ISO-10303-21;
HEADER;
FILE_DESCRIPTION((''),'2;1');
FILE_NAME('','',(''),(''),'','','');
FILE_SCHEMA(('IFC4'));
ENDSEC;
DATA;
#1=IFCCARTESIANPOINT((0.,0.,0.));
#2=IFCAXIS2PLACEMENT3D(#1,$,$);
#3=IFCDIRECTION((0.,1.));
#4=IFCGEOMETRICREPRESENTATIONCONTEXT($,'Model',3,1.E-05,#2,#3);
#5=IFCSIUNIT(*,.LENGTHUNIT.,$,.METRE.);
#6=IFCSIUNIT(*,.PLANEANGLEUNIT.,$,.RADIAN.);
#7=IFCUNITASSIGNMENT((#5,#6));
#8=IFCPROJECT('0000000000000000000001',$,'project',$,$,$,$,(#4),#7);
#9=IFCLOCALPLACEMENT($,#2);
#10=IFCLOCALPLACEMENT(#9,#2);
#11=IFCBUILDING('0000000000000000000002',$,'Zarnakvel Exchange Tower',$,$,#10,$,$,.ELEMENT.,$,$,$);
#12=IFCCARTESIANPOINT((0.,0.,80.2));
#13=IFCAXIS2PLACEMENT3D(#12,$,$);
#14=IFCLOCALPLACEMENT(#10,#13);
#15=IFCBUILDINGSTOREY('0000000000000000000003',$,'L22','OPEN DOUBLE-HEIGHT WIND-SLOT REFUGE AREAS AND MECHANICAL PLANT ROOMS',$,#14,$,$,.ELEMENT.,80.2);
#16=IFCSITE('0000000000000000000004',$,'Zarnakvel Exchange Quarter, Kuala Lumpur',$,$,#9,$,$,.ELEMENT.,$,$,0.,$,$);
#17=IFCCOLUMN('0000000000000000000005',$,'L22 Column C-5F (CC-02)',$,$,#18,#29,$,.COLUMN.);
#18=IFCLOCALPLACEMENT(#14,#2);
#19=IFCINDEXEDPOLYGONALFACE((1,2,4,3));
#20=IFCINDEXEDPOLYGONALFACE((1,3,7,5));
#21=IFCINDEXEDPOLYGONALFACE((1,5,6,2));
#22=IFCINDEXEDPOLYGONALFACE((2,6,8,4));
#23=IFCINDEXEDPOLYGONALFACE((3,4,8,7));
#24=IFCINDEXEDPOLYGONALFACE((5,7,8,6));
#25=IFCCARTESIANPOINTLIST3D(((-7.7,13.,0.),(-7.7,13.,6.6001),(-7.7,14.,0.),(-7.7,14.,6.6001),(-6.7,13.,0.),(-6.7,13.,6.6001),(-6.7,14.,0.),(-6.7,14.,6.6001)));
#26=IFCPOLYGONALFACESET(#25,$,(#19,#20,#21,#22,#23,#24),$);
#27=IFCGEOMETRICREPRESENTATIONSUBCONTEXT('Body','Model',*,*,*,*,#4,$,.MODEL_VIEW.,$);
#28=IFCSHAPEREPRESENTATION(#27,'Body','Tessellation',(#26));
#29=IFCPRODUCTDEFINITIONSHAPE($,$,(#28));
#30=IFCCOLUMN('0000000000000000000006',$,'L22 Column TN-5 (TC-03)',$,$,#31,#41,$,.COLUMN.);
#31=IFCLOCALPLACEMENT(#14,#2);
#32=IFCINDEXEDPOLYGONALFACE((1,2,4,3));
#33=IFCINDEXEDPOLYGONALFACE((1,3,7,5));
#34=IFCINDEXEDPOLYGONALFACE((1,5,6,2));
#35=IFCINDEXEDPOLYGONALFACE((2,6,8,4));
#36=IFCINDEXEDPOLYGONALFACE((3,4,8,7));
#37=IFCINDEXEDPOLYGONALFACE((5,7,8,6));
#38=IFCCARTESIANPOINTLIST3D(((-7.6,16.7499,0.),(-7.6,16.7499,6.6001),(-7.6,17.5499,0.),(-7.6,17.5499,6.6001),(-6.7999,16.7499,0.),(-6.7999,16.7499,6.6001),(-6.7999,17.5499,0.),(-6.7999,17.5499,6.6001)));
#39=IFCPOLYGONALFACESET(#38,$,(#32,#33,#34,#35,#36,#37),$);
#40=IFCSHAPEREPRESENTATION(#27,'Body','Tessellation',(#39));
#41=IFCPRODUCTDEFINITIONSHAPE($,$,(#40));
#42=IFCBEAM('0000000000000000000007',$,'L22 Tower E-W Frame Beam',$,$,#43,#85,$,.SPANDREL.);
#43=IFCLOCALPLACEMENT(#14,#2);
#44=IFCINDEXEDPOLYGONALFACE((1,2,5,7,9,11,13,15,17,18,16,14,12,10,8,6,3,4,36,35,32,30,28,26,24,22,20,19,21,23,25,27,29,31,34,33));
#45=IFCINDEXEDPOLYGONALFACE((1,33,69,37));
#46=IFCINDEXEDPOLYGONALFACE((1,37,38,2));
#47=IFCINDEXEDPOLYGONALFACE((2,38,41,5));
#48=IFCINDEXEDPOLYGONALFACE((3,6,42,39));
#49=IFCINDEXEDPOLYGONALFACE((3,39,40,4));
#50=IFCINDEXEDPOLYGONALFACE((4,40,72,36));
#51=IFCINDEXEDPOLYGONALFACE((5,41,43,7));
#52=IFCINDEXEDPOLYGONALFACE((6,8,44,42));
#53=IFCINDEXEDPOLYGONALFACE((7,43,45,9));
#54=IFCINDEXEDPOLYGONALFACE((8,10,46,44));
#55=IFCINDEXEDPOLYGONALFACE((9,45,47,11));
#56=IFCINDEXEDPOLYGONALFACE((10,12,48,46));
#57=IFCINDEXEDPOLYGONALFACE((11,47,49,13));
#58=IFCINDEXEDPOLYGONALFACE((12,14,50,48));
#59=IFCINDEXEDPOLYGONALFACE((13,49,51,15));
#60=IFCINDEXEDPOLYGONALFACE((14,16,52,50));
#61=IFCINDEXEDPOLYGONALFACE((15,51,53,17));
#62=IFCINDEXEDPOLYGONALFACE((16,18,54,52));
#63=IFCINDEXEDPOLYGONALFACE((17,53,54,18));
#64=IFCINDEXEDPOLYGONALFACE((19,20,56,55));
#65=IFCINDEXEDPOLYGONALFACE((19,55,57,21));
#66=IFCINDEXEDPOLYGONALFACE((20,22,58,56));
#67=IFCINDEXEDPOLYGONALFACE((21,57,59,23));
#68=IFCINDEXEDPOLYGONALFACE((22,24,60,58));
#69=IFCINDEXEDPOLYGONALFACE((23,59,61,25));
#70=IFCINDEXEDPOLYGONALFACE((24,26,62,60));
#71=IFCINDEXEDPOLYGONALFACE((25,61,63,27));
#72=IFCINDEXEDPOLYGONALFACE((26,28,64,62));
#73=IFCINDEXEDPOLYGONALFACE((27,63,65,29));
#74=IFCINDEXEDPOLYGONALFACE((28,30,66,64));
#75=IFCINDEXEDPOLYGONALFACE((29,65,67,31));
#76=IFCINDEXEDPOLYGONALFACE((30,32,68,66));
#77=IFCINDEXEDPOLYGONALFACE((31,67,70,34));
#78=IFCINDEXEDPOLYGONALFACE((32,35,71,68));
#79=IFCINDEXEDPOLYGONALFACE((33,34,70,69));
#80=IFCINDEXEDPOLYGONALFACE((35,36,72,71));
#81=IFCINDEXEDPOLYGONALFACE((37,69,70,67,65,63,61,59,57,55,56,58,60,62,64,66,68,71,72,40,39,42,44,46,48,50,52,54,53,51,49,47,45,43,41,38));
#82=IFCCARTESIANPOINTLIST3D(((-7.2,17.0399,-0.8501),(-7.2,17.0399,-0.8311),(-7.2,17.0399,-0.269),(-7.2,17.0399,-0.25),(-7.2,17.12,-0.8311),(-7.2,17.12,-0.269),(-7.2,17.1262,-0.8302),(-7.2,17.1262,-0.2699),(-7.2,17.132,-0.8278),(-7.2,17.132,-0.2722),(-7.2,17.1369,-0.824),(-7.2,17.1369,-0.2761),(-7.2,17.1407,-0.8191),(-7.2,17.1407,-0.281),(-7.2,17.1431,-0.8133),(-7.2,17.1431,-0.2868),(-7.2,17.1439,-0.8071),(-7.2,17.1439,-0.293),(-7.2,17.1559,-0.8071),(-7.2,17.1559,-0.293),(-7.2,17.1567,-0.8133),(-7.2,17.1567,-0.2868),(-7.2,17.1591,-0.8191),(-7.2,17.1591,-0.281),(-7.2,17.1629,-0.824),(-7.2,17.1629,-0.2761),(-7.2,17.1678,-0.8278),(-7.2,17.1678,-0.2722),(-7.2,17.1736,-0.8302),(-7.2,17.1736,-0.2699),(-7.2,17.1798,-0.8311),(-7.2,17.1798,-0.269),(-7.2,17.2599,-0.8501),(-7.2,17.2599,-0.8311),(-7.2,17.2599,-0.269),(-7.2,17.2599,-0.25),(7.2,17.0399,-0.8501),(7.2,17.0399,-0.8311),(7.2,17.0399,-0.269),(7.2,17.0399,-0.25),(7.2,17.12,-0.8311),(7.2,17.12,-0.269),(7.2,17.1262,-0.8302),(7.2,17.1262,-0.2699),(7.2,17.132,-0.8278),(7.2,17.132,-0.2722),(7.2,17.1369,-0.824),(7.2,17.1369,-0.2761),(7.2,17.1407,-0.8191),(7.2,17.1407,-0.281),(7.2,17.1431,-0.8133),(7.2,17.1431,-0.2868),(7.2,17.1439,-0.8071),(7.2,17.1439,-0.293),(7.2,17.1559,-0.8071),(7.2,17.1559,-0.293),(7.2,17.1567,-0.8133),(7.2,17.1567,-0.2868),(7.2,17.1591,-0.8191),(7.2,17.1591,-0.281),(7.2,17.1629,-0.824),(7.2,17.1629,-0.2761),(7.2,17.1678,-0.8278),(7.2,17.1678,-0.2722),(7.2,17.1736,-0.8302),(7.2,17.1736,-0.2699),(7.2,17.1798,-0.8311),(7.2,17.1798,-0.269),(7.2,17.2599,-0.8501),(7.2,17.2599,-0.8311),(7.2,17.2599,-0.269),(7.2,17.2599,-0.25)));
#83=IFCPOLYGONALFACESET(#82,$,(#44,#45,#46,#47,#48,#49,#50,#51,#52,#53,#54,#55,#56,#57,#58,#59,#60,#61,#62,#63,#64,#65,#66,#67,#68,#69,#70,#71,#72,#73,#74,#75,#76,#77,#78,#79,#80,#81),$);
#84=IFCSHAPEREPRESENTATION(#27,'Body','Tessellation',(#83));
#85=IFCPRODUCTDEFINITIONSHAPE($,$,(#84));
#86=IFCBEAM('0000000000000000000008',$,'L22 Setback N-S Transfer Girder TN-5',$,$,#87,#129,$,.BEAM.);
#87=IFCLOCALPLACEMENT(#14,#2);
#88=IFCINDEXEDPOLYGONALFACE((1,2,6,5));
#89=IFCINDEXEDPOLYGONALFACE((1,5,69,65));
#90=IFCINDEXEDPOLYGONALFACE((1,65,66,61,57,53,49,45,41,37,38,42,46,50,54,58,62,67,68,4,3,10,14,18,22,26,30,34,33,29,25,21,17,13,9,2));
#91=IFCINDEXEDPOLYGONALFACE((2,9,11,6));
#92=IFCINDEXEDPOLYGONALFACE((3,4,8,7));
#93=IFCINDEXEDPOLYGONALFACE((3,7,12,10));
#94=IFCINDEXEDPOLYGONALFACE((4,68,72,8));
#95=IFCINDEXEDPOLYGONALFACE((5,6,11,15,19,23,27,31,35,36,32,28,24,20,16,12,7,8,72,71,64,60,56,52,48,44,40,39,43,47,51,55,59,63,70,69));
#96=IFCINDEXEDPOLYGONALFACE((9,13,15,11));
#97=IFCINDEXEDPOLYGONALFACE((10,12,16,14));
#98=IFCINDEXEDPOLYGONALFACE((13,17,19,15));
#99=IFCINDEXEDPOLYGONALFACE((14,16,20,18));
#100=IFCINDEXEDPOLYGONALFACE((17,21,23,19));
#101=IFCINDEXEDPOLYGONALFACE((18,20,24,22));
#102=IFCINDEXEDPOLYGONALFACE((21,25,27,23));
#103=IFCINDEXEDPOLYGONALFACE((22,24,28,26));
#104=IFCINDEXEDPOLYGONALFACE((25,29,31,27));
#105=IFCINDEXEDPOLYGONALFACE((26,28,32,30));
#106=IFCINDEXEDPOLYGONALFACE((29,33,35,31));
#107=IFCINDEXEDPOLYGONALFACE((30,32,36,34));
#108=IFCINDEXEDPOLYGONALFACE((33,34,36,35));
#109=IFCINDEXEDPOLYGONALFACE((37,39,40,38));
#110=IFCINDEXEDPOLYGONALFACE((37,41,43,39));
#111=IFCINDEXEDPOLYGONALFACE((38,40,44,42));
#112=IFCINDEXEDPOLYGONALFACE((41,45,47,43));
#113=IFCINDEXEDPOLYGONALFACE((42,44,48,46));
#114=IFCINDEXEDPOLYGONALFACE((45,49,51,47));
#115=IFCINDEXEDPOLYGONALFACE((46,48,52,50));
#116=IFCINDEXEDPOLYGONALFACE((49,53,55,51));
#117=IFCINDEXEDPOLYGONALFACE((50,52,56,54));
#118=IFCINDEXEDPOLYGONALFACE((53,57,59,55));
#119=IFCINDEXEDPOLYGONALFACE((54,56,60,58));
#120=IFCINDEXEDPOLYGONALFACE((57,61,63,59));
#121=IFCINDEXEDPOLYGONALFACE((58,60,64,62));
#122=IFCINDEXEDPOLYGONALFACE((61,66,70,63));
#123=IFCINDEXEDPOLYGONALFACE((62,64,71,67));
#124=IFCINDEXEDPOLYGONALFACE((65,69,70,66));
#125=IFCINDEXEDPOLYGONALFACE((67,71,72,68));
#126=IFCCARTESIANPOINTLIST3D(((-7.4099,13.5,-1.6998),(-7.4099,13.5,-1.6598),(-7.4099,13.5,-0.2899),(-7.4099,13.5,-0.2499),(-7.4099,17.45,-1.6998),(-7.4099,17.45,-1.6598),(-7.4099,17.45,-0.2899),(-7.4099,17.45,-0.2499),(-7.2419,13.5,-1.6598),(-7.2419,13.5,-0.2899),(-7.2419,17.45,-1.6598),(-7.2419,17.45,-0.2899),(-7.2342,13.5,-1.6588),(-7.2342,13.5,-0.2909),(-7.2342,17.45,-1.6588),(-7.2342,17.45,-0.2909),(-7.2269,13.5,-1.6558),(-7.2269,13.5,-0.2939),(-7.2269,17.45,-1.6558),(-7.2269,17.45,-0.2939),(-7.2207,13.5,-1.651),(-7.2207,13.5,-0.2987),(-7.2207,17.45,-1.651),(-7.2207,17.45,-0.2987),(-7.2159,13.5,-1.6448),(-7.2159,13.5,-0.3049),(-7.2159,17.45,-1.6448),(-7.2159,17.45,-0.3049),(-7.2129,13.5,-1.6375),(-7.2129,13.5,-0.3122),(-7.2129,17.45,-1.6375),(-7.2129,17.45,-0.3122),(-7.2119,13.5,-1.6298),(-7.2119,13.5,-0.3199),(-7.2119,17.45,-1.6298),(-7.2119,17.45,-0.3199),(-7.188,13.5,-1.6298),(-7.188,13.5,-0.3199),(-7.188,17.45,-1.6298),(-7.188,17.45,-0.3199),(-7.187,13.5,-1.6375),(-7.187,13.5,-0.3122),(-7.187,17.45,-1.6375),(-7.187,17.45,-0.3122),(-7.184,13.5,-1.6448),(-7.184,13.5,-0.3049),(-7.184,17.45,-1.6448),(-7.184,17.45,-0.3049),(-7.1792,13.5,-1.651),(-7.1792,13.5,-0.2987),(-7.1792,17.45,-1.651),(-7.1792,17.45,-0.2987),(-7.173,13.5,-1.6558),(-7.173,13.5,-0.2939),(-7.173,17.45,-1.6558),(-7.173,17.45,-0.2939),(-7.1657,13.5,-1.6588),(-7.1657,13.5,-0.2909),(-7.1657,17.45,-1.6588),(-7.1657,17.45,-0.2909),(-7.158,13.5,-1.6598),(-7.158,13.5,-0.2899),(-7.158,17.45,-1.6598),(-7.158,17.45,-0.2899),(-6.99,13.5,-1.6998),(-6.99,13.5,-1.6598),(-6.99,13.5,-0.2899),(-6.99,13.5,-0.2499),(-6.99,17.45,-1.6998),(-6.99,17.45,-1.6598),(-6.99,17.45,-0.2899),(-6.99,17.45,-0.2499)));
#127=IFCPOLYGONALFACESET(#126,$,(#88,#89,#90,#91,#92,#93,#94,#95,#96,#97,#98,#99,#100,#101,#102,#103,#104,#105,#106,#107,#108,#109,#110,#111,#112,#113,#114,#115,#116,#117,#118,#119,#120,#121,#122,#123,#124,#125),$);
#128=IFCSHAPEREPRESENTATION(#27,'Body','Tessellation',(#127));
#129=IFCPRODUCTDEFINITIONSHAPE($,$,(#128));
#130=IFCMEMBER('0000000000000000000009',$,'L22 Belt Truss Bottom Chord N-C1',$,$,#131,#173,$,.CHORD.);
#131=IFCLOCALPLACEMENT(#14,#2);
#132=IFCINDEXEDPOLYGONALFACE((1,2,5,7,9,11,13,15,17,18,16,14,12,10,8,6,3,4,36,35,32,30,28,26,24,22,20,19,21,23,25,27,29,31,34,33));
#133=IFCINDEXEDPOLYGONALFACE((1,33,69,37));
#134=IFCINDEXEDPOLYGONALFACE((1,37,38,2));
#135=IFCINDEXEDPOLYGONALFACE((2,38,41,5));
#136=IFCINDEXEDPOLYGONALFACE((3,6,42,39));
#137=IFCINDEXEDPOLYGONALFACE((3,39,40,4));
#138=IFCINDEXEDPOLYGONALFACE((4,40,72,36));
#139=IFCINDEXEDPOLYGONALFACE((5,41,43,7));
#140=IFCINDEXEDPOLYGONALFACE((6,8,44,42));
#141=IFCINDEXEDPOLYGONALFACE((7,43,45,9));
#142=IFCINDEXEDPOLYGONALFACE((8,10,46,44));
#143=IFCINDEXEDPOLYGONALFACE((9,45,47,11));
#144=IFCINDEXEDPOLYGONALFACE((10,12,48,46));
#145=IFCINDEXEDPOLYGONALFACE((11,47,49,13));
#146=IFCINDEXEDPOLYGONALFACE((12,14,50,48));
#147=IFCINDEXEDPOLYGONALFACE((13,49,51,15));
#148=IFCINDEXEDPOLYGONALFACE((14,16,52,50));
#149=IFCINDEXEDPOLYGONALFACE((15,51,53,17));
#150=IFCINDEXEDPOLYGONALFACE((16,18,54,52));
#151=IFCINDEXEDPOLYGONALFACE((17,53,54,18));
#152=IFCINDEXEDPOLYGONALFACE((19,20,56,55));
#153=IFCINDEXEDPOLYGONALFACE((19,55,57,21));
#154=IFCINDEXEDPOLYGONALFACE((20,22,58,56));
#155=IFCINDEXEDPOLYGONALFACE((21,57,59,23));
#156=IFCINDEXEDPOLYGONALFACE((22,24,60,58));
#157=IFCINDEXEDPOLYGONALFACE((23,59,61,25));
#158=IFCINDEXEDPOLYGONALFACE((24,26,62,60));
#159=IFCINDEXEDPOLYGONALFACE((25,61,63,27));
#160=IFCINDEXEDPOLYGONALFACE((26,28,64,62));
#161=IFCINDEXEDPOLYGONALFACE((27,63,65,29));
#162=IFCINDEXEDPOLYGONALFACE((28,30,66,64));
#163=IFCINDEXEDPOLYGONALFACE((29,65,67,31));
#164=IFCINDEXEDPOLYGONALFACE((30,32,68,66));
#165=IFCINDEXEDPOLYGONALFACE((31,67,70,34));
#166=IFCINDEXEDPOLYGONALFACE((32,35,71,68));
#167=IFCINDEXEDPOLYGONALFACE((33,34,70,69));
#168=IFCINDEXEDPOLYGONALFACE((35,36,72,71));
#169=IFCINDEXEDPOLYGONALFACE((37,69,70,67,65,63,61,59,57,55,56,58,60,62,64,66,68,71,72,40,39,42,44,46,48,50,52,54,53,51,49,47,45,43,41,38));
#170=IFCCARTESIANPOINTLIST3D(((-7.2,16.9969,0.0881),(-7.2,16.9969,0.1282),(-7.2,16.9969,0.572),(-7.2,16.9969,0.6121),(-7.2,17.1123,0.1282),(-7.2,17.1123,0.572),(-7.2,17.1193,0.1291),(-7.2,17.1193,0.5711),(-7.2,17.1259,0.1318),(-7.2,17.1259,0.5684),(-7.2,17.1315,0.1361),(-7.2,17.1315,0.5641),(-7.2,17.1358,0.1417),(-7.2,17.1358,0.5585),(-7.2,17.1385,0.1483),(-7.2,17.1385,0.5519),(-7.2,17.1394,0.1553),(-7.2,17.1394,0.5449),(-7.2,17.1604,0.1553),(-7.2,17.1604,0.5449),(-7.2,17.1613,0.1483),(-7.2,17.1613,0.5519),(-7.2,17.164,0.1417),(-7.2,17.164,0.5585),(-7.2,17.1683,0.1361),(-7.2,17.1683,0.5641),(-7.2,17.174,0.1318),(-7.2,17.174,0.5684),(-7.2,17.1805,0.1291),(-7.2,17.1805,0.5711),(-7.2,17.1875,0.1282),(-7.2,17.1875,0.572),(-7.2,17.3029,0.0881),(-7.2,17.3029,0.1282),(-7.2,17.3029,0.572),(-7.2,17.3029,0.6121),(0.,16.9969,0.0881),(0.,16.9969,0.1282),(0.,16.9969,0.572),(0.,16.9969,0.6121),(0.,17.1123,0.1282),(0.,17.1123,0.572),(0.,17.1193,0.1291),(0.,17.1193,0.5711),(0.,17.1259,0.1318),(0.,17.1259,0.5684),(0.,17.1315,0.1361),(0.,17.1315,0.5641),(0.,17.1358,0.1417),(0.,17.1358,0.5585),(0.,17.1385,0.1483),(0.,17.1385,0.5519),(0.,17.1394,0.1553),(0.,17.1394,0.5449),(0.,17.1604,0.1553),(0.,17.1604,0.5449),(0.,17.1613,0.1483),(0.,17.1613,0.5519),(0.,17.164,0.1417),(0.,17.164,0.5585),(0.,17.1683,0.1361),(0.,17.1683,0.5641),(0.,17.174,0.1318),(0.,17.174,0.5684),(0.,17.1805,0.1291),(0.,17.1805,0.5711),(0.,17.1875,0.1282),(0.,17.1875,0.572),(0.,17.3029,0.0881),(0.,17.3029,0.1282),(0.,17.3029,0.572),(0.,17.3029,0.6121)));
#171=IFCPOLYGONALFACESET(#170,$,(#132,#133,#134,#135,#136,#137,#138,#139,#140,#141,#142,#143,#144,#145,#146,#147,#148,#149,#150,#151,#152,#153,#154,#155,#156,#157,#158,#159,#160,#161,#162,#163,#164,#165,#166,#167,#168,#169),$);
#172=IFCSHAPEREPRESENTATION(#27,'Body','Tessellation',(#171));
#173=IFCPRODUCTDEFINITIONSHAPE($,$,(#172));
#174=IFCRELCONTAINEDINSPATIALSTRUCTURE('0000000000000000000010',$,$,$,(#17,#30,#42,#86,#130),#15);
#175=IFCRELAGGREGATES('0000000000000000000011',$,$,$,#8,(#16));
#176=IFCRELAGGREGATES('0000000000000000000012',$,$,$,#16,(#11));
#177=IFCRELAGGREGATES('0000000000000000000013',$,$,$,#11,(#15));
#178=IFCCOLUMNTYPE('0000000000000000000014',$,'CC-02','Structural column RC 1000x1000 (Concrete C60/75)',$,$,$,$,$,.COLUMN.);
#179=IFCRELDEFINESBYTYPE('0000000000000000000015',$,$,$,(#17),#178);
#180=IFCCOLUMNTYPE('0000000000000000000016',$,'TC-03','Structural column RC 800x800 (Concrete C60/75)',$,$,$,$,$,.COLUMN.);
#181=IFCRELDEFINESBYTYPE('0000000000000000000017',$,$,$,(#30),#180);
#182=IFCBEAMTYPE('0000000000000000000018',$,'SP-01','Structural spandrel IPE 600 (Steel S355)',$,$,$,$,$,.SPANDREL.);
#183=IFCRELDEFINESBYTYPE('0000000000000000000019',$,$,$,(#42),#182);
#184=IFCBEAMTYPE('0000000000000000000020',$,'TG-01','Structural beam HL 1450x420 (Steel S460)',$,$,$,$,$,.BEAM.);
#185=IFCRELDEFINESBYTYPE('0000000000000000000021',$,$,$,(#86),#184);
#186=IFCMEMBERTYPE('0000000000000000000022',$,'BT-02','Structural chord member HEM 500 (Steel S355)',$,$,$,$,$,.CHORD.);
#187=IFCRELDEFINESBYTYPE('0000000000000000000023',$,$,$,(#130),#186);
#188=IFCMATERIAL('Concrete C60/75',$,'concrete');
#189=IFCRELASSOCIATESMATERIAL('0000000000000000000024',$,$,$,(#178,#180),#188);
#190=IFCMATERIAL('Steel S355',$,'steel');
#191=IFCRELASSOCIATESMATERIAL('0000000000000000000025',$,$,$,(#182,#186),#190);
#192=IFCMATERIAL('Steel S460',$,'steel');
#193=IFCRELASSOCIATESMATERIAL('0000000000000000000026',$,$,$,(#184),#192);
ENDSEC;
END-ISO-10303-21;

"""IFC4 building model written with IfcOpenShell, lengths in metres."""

from ifc_helpers import new_model, si_unit, direction, frame, origin, origin_2d, place, context, subcontext, project, spatial, rectangle, i_section, extrude, source, transform, mapped, material, material_profile, profile_set, type_object, element, save


model = new_model("IFC4")

# Units and contexts
model_context = context("Model", 3, precision=1e-05, world=origin(), true_north=direction((0.0, 1.0)))
body_context = subcontext(model_context, "Body", "Model", "MODEL_VIEW")
ifc_project = project(units=[si_unit("LENGTHUNIT", "METRE"), si_unit("PLANEANGLEUNIT", "RADIAN")], contexts=[model_context])

# Site, building, storey
site_placement = place(None, origin())
site = spatial("IfcSite", under=ifc_project, at=site_placement, Name="Zarnakvel Exchange Quarter, Kuala Lumpur", CompositionType="ELEMENT", RefElevation=0.0)
building_placement = place(site_placement, origin())
building = spatial("IfcBuilding", under=site, at=building_placement, Name="Zarnakvel Exchange Tower", CompositionType="ELEMENT")
storey_placement = place(building_placement, frame((0.0, 0.0, 80.2)))
storey = spatial("IfcBuildingStorey", under=building, at=storey_placement, Name="L22", Description="OPEN DOUBLE-HEIGHT WIND-SLOT REFUGE AREAS AND MECHANICAL PLANT ROOMS", CompositionType="ELEMENT", Elevation=80.2)

# Columns
ifc_material_1 = material(Name="Concrete C60/75", Category="concrete")
ifc_material_profile_1 = material_profile(ifc_material_1, rectangle(XDim=1.0, YDim=1.0, at=origin_2d()))
ifc_profile_set_1 = profile_set([ifc_material_profile_1], Name="Concrete C60/75")
column_type_1 = type_object("IfcColumnType", Name="CC-02", Description="Structural column RC 1000x1000 (Concrete C60/75)", PredefinedType="COLUMN", material=ifc_profile_set_1)
column_1_placement = place(storey_placement, frame((-7.2, 13.5, 0.0), z_axis=(0.0, 0.0, 1.0), x_axis=(1.0, 0.0, 0.0)))
element("IfcColumn", 1, at=column_1_placement, inside=storey, type_object=column_type_1, Name="L22 Column C-5F (CC-02)", PredefinedType="COLUMN", context=body_context, shape_type="SweptSolid", body=[
    extrude(rectangle(XDim=1.0, YDim=1.0, at=origin_2d()), origin(), (0.0, 0.0, 1.0), 6.6001),
])
ifc_material_profile_2 = material_profile(ifc_material_1, rectangle(XDim=0.8, YDim=0.8, at=origin_2d()))
ifc_profile_set_2 = profile_set([ifc_material_profile_2], Name="Concrete C60/75")
column_type_2 = type_object("IfcColumnType", Name="TC-03", Description="Structural column RC 800x800 (Concrete C60/75)", PredefinedType="COLUMN", material=ifc_profile_set_2)
column_2_placement = place(storey_placement, frame((-7.2, 17.1499, 0.0), z_axis=(0.0, 0.0, 1.0), x_axis=(1.0, 0.0, 0.0)))
element("IfcColumn", 2, at=column_2_placement, inside=storey, type_object=column_type_2, Name="L22 Column TN-5 (TC-03)", PredefinedType="COLUMN", context=body_context, shape_type="SweptSolid", body=[
    extrude(rectangle(XDim=0.8, YDim=0.8, at=origin_2d()), origin(), (0.0, 0.0, 1.0), 6.6001),
])

# Beams
ifc_material_2 = material(Name="Steel S355", Category="steel")
ifc_material_profile_3 = material_profile(ifc_material_2, i_section(OverallWidth=0.22, OverallDepth=0.6001, WebThickness=0.012, FlangeThickness=0.019, FilletRadius=0.0239, at=origin_2d()))
ifc_profile_set_3 = profile_set([ifc_material_profile_3], Name="Steel S355")
beam_type_1 = type_object("IfcBeamType", Name="SP-01", Description="Structural spandrel IPE 600 (Steel S355)", PredefinedType="SPANDREL", material=ifc_profile_set_3)
beam_1_placement = place(storey_placement, frame((-7.2, 17.1499, -0.55), z_axis=(1.0, 0.0, 0.0), x_axis=(0.0, 1.0, 0.0)))
element("IfcBeam", 3, at=beam_1_placement, inside=storey, type_object=beam_type_1, Name="L22 Tower E-W Frame Beam", PredefinedType="SPANDREL", context=body_context, shape_type="SweptSolid", body=[
    extrude(i_section(OverallWidth=0.22, OverallDepth=0.6001, WebThickness=0.012, FlangeThickness=0.019, FilletRadius=0.0239, at=origin_2d()), origin(), (0.0, 0.0, 1.0), 14.3999),
])
ifc_material_3 = material(Name="Steel S460", Category="steel")
ifc_material_profile_4 = material_profile(ifc_material_3, i_section(OverallWidth=0.4199, OverallDepth=1.45, WebThickness=0.0239, FlangeThickness=0.04, FilletRadius=0.03, at=origin_2d()))
ifc_profile_set_4 = profile_set([ifc_material_profile_4], Name="Steel S460")
beam_type_2 = type_object("IfcBeamType", Name="TG-01", Description="Structural beam HL 1450x420 (Steel S460)", PredefinedType="BEAM", material=ifc_profile_set_4)
beam_2_placement = place(storey_placement, frame((-7.2, 13.5, -0.9749), z_axis=(0.0, 1.0, 0.0), x_axis=(-1.0, 0.0, 0.0)))
element("IfcBeam", 4, at=beam_2_placement, inside=storey, type_object=beam_type_2, Name="L22 Setback N-S Transfer Girder TN-5", PredefinedType="BEAM", context=body_context, shape_type="SweptSolid", body=[
    extrude(i_section(OverallWidth=0.4199, OverallDepth=1.45, WebThickness=0.0239, FlangeThickness=0.04, FilletRadius=0.03, at=origin_2d()), origin(), (0.0, 0.0, 1.0), 3.95),
])

# Member
ifc_material_profile_5 = material_profile(ifc_material_2, i_section(OverallWidth=0.3059, OverallDepth=0.5239, WebThickness=0.021, FlangeThickness=0.04, FilletRadius=0.0271, at=origin_2d()))
ifc_profile_set_5 = profile_set([ifc_material_profile_5], Name="Steel S355")
member_type_1 = type_object("IfcMemberType", Name="BT-02", Description="Structural chord member HEM 500 (Steel S355)", PredefinedType="CHORD", material=ifc_profile_set_5)
shared_shape_1 = source(origin(), body_context, "Body", "SweptSolid", [
    extrude(i_section(OverallWidth=0.3059, OverallDepth=0.5239, WebThickness=0.021, FlangeThickness=0.04, FilletRadius=0.0271, at=origin_2d()), origin(), (0.0, 0.0, 1.0), 7.2),
])
for number, where, z_axis, x_axis, name in (
    (5, (-7.2, 17.1499, 0.3501), (1.0, 0.0, 0.0), (0.0, 1.0, 0.0), "L22 Belt Truss Bottom Chord N-C1"),
):
    element("IfcMember", number, at=place(storey_placement, frame(where, z_axis=z_axis, x_axis=x_axis)), inside=storey, type_object=member_type_1, Name=name, PredefinedType="CHORD", context=body_context, shape_type="MappedRepresentation", body=[
        mapped(shared_shape_1, transform((0.0, 0.0, 0.0), x_axis=(1.0, 0.0, 0.0), y_axis=(0.0, 1.0, 0.0), z_axis=(0.0, 0.0, 1.0), scale=1.0)),
    ])

save(model, "model.ifc")
